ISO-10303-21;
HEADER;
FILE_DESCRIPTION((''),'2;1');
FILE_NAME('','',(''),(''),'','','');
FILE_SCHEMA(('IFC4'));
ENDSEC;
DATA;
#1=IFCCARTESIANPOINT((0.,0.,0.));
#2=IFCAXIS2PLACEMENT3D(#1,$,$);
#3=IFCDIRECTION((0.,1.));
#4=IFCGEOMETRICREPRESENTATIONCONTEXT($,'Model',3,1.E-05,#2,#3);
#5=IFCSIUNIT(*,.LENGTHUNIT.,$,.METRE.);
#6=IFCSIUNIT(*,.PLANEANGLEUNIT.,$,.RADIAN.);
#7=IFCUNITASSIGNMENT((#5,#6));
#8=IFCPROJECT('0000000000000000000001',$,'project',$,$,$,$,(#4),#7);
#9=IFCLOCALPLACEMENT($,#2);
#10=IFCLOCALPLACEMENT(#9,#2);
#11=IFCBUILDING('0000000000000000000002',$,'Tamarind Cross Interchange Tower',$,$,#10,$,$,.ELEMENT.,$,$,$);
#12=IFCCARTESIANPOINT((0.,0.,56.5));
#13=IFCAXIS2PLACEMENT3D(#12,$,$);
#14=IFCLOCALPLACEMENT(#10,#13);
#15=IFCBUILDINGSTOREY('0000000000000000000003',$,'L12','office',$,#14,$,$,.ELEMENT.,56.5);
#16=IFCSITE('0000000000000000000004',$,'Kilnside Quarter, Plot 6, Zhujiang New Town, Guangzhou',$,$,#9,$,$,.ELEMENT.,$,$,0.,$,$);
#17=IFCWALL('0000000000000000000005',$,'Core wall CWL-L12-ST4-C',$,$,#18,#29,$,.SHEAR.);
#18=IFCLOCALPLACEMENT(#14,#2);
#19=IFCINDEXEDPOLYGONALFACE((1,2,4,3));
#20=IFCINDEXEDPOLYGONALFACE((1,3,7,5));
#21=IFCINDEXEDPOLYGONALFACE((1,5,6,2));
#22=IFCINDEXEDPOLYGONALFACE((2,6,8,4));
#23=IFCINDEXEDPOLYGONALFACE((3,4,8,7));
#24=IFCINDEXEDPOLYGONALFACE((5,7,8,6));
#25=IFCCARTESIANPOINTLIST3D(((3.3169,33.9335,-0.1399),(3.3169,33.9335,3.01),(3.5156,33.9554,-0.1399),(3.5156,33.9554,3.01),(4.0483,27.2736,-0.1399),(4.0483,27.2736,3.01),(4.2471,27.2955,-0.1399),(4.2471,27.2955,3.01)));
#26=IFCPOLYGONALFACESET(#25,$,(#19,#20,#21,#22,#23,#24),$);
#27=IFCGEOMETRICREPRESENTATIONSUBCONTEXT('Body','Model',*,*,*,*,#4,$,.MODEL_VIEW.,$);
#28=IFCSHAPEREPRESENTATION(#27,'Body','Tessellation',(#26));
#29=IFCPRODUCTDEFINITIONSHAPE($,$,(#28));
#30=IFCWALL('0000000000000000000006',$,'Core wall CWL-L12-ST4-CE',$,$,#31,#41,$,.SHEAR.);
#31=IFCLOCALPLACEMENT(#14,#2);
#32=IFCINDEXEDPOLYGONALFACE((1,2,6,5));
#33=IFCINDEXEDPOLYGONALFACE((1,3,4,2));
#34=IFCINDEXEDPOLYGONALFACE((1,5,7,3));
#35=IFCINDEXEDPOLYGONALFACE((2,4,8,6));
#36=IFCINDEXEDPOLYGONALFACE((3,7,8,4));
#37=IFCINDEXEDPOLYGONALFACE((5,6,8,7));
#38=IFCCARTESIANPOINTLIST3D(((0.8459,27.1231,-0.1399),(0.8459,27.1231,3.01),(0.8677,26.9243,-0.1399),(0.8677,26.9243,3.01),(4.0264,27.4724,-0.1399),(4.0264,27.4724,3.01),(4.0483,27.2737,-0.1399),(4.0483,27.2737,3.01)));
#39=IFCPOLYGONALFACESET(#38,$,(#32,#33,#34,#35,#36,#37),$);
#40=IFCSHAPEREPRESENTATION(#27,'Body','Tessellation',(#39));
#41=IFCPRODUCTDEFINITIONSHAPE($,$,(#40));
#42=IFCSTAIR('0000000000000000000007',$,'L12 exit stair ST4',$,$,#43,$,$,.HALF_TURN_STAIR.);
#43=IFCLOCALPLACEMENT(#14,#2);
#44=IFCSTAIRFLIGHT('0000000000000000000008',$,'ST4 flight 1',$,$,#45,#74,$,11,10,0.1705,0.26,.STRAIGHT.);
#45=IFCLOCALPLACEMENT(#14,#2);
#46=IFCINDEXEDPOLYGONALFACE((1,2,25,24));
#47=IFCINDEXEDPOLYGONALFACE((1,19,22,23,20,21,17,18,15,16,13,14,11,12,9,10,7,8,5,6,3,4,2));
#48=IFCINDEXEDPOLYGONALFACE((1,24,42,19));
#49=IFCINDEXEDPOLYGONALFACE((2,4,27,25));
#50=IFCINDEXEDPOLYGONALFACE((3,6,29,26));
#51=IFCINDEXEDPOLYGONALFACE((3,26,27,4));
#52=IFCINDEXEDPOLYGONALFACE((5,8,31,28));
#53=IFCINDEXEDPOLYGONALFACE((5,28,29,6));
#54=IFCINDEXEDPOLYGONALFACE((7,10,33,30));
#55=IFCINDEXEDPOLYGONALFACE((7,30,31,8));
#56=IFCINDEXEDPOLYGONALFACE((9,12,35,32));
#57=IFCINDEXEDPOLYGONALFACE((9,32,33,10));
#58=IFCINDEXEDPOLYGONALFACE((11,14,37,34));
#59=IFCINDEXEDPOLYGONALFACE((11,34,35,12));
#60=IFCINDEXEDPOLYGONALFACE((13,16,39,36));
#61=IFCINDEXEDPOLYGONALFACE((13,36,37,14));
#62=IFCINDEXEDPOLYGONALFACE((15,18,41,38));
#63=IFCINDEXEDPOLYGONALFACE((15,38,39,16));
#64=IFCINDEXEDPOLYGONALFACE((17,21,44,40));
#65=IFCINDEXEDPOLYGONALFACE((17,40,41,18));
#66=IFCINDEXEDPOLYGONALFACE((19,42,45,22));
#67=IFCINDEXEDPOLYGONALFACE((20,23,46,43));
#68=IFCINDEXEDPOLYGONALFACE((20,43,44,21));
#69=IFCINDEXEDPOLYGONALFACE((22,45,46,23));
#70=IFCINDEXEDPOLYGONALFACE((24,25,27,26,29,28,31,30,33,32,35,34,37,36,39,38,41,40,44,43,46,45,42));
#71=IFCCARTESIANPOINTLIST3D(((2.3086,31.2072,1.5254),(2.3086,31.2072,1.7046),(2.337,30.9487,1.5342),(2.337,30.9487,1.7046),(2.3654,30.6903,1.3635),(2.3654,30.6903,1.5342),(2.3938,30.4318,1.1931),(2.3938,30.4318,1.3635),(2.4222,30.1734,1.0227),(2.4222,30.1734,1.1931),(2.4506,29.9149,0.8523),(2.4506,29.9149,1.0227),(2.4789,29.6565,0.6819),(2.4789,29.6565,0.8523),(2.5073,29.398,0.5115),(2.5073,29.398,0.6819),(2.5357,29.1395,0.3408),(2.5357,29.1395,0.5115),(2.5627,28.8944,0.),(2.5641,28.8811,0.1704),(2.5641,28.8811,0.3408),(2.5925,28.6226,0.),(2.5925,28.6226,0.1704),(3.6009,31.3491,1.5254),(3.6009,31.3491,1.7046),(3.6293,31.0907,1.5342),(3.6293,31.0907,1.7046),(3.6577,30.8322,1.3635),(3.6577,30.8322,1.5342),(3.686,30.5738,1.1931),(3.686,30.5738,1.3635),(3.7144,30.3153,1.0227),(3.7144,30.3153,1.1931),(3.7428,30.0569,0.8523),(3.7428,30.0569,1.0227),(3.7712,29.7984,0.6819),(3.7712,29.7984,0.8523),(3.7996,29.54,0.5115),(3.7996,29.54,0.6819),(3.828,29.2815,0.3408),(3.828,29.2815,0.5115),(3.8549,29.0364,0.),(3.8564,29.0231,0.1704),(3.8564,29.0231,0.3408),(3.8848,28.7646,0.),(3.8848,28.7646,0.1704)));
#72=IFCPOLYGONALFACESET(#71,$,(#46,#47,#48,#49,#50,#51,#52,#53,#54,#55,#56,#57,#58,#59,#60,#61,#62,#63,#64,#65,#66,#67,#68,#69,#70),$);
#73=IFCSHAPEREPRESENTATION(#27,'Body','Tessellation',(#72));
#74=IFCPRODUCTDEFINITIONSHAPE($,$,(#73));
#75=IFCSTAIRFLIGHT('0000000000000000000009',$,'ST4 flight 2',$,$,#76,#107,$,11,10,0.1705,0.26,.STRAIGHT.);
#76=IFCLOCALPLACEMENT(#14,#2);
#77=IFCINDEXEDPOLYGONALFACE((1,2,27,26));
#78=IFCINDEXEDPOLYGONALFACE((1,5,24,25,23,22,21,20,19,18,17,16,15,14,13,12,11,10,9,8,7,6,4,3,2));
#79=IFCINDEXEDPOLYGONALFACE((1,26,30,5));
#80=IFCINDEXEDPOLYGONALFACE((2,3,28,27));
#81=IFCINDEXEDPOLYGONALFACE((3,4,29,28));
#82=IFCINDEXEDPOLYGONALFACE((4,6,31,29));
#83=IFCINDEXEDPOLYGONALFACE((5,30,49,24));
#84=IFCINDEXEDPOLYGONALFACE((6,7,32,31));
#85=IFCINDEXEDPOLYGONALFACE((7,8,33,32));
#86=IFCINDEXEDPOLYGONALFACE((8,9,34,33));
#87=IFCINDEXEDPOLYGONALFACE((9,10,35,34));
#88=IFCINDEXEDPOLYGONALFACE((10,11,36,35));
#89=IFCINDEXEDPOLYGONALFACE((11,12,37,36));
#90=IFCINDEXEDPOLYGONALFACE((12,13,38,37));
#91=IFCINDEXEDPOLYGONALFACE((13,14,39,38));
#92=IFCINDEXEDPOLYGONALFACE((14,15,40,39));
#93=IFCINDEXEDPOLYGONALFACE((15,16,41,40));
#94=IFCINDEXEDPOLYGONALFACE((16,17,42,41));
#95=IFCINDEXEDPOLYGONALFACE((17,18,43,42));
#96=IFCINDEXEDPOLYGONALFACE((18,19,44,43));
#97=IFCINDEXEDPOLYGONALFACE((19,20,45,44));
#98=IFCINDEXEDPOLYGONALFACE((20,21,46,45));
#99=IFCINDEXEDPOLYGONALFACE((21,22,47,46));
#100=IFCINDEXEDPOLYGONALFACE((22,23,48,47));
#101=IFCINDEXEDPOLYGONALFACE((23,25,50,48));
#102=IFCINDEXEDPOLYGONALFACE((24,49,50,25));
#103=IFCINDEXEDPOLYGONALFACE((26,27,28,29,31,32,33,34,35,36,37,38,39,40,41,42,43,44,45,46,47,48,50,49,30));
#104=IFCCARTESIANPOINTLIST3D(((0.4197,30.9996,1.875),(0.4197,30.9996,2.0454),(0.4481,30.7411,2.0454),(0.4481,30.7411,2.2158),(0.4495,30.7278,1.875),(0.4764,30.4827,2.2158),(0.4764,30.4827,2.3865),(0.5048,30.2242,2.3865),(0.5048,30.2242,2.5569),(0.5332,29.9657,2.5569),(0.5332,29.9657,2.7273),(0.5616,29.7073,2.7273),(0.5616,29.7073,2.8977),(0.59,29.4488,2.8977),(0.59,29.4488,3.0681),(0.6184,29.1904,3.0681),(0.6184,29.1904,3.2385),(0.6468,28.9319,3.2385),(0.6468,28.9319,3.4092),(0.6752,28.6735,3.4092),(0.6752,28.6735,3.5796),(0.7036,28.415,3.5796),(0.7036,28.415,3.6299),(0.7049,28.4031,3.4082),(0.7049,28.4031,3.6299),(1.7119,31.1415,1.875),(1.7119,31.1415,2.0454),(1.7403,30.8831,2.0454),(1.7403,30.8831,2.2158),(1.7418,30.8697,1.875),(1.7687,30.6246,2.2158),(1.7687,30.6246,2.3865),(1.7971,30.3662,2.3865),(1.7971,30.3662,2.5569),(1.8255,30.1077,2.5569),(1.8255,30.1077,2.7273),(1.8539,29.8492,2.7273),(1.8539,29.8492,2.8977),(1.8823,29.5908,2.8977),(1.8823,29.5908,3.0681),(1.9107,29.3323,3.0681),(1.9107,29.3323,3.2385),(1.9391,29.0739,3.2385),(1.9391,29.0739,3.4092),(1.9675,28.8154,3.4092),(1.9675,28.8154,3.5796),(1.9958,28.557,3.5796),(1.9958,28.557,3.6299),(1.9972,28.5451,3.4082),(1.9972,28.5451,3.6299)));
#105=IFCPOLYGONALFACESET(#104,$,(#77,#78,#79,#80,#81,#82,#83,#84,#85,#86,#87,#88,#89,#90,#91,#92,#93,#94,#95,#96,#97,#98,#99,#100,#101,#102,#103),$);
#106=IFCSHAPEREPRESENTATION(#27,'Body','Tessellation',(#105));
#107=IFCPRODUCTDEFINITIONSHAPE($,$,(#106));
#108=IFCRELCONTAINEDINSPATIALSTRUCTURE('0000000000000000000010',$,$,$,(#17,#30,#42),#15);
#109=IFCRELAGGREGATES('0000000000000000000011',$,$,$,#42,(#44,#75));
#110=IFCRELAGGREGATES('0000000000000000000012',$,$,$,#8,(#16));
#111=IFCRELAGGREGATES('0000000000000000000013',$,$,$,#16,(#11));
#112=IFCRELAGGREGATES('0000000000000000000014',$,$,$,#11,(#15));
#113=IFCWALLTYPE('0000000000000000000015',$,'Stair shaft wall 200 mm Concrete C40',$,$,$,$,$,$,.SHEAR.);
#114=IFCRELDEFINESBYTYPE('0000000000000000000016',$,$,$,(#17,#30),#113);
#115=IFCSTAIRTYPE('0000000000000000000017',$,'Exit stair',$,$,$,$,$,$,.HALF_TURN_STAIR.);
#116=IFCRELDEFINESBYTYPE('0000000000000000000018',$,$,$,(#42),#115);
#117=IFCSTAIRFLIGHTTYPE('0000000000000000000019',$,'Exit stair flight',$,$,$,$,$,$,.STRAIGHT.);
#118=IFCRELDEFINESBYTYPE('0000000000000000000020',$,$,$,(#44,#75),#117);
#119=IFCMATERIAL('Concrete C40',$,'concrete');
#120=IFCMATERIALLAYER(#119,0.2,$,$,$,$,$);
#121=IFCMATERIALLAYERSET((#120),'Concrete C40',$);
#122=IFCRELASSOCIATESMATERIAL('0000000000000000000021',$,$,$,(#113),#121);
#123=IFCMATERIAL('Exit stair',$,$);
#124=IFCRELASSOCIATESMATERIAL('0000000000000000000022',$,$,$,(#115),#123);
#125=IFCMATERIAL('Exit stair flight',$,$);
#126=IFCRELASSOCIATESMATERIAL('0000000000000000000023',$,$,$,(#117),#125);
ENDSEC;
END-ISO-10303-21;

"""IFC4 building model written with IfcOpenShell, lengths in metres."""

from ifc_helpers import new_model, si_unit, direction, frame, frame_2d, origin, place, context, subcontext, project, spatial, polyline, rectangle, outline, extrude, material, layer, layer_set, type_object, element, aggregate, save


model = new_model("IFC4")

# Units and contexts
model_context = context("Model", 3, precision=1e-05, world=origin(), true_north=direction((0.0, 1.0)))
body_context = subcontext(model_context, "Body", "Model", "MODEL_VIEW")
ifc_project = project(units=[si_unit("LENGTHUNIT", "METRE"), si_unit("PLANEANGLEUNIT", "RADIAN")], contexts=[model_context])

# Site, building, storey
site_placement = place(None, origin())
site = spatial("IfcSite", under=ifc_project, at=site_placement, Name="Kilnside Quarter, Plot 6, Zhujiang New Town, Guangzhou", CompositionType="ELEMENT", RefElevation=0.0)
building_placement = place(site_placement, origin())
building = spatial("IfcBuilding", under=site, at=building_placement, Name="Tamarind Cross Interchange Tower", CompositionType="ELEMENT")
storey_placement = place(building_placement, frame((0.0, 0.0, 56.5)))
storey = spatial("IfcBuildingStorey", under=building, at=storey_placement, Name="L12", Description="office", CompositionType="ELEMENT", Elevation=56.5)

# Shared definitions
ifc_material_1 = material(Name="Concrete C40", Category="concrete")
ifc_layer_1 = layer(ifc_material_1, 0.2)
ifc_layer_set_1 = layer_set([ifc_layer_1], Name="Concrete C40")
wall_type_1 = type_object("IfcWallType", Name="Stair shaft wall 200 mm Concrete C40", PredefinedType="SHEAR", material=ifc_layer_set_1)

# Walls
wall_1_placement = place(storey_placement, frame((4.1477, 27.2844, -0.1399), z_axis=(0.0, 0.0, 1.0), x_axis=(-0.109172, 0.994023, 0.0)))
element("IfcWall", 1, at=wall_1_placement, inside=storey, type_object=wall_type_1, Name="Core wall CWL-L12-ST4-C", PredefinedType="SHEAR", context=body_context, shape_type="SweptSolid", body=[
    extrude(rectangle(XDim=6.7, YDim=0.2, at=frame_2d((3.3501, 0.0))), origin(), (0.0, 0.0, 1.0), 3.1499),
])
wall_2_placement = place(storey_placement, frame((4.0374, 27.373, -0.1399), z_axis=(0.0, 0.0, 1.0), x_axis=(-0.994022, -0.109184, 0.0)))
element("IfcWall", 2, at=wall_2_placement, inside=storey, type_object=wall_type_1, Name="Core wall CWL-L12-ST4-CE", PredefinedType="SHEAR", context=body_context, shape_type="SweptSolid", body=[
    extrude(rectangle(XDim=3.1997, YDim=0.2, at=frame_2d((1.5999, 0.0))), origin(), (0.0, 0.0, 1.0), 3.1499),
])

# Stair, stair flights
ifc_material_2 = material(Name="Exit stair")
stair_type = type_object("IfcStairType", Name="Exit stair", PredefinedType="HALF_TURN_STAIR", material=ifc_material_2)
stair_placement = place(storey_placement, origin())
stair = element("IfcStair", 3, at=stair_placement, inside=storey, type_object=stair_type, Name="L12 exit stair ST4", PredefinedType="HALF_TURN_STAIR")
ifc_material_3 = material(Name="Exit stair flight")
stair_flight_type = type_object("IfcStairFlightType", Name="Exit stair flight", PredefinedType="STRAIGHT", material=ifc_material_3)
stair_flight_1_placement = place(storey_placement, frame((3.2385, 28.6936, 0.0), z_axis=(0.0, 0.0, 1.0), x_axis=(-0.109193, 0.994021, 0.0)))
stair_flight_1 = element("IfcStairFlight", 4, at=stair_flight_1_placement, type_object=stair_flight_type, Name="ST4 flight 1", NumberOfRisers=11, NumberOfTreads=10, PredefinedType="STRAIGHT", RiserHeight=0.1705, TreadLength=0.26, context=body_context, shape_type="SweptSolid", body=[
    extrude(outline(polyline([(0.0, 0.0), (0.0, 0.1704), (0.26, 0.1704), (0.26, 0.3408), (0.52, 0.3408), (0.52, 0.5115), (0.78, 0.5115), (0.78, 0.6819), (1.04, 0.6819), (1.04, 0.8523), (1.3, 0.8523), (1.3, 1.0227), (1.5601, 1.0227), (1.5601, 1.1931), (1.8201, 1.1931), (1.8201, 1.3635), (2.0801, 1.3635), (2.0801, 1.5342), (2.3401, 1.5342), (2.3401, 1.7046), (2.6001, 1.7046), (2.6001, 1.875), (2.6001, 1.5254), (0.2734, 0.0), (0.0, 0.0)])), frame((0.0, 0.6499, 0.0), z_axis=(0.0, -1.0, 0.0), x_axis=(1.0, 0.0, 0.0)), (0.0, 0.0, 1.0), 1.3),
])
stair_flight_2_placement = place(storey_placement, frame((1.0659, 31.0706, 1.875), z_axis=(0.0, 0.0, 1.0), x_axis=(0.109193, -0.994021, 0.0)))
stair_flight_2 = element("IfcStairFlight", 5, at=stair_flight_2_placement, type_object=stair_flight_type, Name="ST4 flight 2", NumberOfRisers=11, NumberOfTreads=10, PredefinedType="STRAIGHT", RiserHeight=0.1705, TreadLength=0.26, context=body_context, shape_type="SweptSolid", body=[
    extrude(outline(polyline([(0.0, 0.0), (0.0, 0.1704), (0.26, 0.1704), (0.26, 0.3408), (0.52, 0.3408), (0.52, 0.5115), (0.78, 0.5115), (0.78, 0.6819), (1.04, 0.6819), (1.04, 0.8523), (1.3, 0.8523), (1.3, 1.0227), (1.5601, 1.0227), (1.5601, 1.1931), (1.8201, 1.1931), (1.8201, 1.3635), (2.0801, 1.3635), (2.0801, 1.5342), (2.3401, 1.5342), (2.3401, 1.7046), (2.6001, 1.7046), (2.6001, 1.7549), (2.6121, 1.7549), (2.6121, 1.5332), (0.2734, 0.0), (0.0, 0.0)])), frame((0.0, 0.6499, 0.0), z_axis=(0.0, -1.0, 0.0), x_axis=(1.0, 0.0, 0.0)), (0.0, 0.0, 1.0), 1.3),
])
aggregate(stair, [stair_flight_1, stair_flight_2])

save(model, "model.ifc")
